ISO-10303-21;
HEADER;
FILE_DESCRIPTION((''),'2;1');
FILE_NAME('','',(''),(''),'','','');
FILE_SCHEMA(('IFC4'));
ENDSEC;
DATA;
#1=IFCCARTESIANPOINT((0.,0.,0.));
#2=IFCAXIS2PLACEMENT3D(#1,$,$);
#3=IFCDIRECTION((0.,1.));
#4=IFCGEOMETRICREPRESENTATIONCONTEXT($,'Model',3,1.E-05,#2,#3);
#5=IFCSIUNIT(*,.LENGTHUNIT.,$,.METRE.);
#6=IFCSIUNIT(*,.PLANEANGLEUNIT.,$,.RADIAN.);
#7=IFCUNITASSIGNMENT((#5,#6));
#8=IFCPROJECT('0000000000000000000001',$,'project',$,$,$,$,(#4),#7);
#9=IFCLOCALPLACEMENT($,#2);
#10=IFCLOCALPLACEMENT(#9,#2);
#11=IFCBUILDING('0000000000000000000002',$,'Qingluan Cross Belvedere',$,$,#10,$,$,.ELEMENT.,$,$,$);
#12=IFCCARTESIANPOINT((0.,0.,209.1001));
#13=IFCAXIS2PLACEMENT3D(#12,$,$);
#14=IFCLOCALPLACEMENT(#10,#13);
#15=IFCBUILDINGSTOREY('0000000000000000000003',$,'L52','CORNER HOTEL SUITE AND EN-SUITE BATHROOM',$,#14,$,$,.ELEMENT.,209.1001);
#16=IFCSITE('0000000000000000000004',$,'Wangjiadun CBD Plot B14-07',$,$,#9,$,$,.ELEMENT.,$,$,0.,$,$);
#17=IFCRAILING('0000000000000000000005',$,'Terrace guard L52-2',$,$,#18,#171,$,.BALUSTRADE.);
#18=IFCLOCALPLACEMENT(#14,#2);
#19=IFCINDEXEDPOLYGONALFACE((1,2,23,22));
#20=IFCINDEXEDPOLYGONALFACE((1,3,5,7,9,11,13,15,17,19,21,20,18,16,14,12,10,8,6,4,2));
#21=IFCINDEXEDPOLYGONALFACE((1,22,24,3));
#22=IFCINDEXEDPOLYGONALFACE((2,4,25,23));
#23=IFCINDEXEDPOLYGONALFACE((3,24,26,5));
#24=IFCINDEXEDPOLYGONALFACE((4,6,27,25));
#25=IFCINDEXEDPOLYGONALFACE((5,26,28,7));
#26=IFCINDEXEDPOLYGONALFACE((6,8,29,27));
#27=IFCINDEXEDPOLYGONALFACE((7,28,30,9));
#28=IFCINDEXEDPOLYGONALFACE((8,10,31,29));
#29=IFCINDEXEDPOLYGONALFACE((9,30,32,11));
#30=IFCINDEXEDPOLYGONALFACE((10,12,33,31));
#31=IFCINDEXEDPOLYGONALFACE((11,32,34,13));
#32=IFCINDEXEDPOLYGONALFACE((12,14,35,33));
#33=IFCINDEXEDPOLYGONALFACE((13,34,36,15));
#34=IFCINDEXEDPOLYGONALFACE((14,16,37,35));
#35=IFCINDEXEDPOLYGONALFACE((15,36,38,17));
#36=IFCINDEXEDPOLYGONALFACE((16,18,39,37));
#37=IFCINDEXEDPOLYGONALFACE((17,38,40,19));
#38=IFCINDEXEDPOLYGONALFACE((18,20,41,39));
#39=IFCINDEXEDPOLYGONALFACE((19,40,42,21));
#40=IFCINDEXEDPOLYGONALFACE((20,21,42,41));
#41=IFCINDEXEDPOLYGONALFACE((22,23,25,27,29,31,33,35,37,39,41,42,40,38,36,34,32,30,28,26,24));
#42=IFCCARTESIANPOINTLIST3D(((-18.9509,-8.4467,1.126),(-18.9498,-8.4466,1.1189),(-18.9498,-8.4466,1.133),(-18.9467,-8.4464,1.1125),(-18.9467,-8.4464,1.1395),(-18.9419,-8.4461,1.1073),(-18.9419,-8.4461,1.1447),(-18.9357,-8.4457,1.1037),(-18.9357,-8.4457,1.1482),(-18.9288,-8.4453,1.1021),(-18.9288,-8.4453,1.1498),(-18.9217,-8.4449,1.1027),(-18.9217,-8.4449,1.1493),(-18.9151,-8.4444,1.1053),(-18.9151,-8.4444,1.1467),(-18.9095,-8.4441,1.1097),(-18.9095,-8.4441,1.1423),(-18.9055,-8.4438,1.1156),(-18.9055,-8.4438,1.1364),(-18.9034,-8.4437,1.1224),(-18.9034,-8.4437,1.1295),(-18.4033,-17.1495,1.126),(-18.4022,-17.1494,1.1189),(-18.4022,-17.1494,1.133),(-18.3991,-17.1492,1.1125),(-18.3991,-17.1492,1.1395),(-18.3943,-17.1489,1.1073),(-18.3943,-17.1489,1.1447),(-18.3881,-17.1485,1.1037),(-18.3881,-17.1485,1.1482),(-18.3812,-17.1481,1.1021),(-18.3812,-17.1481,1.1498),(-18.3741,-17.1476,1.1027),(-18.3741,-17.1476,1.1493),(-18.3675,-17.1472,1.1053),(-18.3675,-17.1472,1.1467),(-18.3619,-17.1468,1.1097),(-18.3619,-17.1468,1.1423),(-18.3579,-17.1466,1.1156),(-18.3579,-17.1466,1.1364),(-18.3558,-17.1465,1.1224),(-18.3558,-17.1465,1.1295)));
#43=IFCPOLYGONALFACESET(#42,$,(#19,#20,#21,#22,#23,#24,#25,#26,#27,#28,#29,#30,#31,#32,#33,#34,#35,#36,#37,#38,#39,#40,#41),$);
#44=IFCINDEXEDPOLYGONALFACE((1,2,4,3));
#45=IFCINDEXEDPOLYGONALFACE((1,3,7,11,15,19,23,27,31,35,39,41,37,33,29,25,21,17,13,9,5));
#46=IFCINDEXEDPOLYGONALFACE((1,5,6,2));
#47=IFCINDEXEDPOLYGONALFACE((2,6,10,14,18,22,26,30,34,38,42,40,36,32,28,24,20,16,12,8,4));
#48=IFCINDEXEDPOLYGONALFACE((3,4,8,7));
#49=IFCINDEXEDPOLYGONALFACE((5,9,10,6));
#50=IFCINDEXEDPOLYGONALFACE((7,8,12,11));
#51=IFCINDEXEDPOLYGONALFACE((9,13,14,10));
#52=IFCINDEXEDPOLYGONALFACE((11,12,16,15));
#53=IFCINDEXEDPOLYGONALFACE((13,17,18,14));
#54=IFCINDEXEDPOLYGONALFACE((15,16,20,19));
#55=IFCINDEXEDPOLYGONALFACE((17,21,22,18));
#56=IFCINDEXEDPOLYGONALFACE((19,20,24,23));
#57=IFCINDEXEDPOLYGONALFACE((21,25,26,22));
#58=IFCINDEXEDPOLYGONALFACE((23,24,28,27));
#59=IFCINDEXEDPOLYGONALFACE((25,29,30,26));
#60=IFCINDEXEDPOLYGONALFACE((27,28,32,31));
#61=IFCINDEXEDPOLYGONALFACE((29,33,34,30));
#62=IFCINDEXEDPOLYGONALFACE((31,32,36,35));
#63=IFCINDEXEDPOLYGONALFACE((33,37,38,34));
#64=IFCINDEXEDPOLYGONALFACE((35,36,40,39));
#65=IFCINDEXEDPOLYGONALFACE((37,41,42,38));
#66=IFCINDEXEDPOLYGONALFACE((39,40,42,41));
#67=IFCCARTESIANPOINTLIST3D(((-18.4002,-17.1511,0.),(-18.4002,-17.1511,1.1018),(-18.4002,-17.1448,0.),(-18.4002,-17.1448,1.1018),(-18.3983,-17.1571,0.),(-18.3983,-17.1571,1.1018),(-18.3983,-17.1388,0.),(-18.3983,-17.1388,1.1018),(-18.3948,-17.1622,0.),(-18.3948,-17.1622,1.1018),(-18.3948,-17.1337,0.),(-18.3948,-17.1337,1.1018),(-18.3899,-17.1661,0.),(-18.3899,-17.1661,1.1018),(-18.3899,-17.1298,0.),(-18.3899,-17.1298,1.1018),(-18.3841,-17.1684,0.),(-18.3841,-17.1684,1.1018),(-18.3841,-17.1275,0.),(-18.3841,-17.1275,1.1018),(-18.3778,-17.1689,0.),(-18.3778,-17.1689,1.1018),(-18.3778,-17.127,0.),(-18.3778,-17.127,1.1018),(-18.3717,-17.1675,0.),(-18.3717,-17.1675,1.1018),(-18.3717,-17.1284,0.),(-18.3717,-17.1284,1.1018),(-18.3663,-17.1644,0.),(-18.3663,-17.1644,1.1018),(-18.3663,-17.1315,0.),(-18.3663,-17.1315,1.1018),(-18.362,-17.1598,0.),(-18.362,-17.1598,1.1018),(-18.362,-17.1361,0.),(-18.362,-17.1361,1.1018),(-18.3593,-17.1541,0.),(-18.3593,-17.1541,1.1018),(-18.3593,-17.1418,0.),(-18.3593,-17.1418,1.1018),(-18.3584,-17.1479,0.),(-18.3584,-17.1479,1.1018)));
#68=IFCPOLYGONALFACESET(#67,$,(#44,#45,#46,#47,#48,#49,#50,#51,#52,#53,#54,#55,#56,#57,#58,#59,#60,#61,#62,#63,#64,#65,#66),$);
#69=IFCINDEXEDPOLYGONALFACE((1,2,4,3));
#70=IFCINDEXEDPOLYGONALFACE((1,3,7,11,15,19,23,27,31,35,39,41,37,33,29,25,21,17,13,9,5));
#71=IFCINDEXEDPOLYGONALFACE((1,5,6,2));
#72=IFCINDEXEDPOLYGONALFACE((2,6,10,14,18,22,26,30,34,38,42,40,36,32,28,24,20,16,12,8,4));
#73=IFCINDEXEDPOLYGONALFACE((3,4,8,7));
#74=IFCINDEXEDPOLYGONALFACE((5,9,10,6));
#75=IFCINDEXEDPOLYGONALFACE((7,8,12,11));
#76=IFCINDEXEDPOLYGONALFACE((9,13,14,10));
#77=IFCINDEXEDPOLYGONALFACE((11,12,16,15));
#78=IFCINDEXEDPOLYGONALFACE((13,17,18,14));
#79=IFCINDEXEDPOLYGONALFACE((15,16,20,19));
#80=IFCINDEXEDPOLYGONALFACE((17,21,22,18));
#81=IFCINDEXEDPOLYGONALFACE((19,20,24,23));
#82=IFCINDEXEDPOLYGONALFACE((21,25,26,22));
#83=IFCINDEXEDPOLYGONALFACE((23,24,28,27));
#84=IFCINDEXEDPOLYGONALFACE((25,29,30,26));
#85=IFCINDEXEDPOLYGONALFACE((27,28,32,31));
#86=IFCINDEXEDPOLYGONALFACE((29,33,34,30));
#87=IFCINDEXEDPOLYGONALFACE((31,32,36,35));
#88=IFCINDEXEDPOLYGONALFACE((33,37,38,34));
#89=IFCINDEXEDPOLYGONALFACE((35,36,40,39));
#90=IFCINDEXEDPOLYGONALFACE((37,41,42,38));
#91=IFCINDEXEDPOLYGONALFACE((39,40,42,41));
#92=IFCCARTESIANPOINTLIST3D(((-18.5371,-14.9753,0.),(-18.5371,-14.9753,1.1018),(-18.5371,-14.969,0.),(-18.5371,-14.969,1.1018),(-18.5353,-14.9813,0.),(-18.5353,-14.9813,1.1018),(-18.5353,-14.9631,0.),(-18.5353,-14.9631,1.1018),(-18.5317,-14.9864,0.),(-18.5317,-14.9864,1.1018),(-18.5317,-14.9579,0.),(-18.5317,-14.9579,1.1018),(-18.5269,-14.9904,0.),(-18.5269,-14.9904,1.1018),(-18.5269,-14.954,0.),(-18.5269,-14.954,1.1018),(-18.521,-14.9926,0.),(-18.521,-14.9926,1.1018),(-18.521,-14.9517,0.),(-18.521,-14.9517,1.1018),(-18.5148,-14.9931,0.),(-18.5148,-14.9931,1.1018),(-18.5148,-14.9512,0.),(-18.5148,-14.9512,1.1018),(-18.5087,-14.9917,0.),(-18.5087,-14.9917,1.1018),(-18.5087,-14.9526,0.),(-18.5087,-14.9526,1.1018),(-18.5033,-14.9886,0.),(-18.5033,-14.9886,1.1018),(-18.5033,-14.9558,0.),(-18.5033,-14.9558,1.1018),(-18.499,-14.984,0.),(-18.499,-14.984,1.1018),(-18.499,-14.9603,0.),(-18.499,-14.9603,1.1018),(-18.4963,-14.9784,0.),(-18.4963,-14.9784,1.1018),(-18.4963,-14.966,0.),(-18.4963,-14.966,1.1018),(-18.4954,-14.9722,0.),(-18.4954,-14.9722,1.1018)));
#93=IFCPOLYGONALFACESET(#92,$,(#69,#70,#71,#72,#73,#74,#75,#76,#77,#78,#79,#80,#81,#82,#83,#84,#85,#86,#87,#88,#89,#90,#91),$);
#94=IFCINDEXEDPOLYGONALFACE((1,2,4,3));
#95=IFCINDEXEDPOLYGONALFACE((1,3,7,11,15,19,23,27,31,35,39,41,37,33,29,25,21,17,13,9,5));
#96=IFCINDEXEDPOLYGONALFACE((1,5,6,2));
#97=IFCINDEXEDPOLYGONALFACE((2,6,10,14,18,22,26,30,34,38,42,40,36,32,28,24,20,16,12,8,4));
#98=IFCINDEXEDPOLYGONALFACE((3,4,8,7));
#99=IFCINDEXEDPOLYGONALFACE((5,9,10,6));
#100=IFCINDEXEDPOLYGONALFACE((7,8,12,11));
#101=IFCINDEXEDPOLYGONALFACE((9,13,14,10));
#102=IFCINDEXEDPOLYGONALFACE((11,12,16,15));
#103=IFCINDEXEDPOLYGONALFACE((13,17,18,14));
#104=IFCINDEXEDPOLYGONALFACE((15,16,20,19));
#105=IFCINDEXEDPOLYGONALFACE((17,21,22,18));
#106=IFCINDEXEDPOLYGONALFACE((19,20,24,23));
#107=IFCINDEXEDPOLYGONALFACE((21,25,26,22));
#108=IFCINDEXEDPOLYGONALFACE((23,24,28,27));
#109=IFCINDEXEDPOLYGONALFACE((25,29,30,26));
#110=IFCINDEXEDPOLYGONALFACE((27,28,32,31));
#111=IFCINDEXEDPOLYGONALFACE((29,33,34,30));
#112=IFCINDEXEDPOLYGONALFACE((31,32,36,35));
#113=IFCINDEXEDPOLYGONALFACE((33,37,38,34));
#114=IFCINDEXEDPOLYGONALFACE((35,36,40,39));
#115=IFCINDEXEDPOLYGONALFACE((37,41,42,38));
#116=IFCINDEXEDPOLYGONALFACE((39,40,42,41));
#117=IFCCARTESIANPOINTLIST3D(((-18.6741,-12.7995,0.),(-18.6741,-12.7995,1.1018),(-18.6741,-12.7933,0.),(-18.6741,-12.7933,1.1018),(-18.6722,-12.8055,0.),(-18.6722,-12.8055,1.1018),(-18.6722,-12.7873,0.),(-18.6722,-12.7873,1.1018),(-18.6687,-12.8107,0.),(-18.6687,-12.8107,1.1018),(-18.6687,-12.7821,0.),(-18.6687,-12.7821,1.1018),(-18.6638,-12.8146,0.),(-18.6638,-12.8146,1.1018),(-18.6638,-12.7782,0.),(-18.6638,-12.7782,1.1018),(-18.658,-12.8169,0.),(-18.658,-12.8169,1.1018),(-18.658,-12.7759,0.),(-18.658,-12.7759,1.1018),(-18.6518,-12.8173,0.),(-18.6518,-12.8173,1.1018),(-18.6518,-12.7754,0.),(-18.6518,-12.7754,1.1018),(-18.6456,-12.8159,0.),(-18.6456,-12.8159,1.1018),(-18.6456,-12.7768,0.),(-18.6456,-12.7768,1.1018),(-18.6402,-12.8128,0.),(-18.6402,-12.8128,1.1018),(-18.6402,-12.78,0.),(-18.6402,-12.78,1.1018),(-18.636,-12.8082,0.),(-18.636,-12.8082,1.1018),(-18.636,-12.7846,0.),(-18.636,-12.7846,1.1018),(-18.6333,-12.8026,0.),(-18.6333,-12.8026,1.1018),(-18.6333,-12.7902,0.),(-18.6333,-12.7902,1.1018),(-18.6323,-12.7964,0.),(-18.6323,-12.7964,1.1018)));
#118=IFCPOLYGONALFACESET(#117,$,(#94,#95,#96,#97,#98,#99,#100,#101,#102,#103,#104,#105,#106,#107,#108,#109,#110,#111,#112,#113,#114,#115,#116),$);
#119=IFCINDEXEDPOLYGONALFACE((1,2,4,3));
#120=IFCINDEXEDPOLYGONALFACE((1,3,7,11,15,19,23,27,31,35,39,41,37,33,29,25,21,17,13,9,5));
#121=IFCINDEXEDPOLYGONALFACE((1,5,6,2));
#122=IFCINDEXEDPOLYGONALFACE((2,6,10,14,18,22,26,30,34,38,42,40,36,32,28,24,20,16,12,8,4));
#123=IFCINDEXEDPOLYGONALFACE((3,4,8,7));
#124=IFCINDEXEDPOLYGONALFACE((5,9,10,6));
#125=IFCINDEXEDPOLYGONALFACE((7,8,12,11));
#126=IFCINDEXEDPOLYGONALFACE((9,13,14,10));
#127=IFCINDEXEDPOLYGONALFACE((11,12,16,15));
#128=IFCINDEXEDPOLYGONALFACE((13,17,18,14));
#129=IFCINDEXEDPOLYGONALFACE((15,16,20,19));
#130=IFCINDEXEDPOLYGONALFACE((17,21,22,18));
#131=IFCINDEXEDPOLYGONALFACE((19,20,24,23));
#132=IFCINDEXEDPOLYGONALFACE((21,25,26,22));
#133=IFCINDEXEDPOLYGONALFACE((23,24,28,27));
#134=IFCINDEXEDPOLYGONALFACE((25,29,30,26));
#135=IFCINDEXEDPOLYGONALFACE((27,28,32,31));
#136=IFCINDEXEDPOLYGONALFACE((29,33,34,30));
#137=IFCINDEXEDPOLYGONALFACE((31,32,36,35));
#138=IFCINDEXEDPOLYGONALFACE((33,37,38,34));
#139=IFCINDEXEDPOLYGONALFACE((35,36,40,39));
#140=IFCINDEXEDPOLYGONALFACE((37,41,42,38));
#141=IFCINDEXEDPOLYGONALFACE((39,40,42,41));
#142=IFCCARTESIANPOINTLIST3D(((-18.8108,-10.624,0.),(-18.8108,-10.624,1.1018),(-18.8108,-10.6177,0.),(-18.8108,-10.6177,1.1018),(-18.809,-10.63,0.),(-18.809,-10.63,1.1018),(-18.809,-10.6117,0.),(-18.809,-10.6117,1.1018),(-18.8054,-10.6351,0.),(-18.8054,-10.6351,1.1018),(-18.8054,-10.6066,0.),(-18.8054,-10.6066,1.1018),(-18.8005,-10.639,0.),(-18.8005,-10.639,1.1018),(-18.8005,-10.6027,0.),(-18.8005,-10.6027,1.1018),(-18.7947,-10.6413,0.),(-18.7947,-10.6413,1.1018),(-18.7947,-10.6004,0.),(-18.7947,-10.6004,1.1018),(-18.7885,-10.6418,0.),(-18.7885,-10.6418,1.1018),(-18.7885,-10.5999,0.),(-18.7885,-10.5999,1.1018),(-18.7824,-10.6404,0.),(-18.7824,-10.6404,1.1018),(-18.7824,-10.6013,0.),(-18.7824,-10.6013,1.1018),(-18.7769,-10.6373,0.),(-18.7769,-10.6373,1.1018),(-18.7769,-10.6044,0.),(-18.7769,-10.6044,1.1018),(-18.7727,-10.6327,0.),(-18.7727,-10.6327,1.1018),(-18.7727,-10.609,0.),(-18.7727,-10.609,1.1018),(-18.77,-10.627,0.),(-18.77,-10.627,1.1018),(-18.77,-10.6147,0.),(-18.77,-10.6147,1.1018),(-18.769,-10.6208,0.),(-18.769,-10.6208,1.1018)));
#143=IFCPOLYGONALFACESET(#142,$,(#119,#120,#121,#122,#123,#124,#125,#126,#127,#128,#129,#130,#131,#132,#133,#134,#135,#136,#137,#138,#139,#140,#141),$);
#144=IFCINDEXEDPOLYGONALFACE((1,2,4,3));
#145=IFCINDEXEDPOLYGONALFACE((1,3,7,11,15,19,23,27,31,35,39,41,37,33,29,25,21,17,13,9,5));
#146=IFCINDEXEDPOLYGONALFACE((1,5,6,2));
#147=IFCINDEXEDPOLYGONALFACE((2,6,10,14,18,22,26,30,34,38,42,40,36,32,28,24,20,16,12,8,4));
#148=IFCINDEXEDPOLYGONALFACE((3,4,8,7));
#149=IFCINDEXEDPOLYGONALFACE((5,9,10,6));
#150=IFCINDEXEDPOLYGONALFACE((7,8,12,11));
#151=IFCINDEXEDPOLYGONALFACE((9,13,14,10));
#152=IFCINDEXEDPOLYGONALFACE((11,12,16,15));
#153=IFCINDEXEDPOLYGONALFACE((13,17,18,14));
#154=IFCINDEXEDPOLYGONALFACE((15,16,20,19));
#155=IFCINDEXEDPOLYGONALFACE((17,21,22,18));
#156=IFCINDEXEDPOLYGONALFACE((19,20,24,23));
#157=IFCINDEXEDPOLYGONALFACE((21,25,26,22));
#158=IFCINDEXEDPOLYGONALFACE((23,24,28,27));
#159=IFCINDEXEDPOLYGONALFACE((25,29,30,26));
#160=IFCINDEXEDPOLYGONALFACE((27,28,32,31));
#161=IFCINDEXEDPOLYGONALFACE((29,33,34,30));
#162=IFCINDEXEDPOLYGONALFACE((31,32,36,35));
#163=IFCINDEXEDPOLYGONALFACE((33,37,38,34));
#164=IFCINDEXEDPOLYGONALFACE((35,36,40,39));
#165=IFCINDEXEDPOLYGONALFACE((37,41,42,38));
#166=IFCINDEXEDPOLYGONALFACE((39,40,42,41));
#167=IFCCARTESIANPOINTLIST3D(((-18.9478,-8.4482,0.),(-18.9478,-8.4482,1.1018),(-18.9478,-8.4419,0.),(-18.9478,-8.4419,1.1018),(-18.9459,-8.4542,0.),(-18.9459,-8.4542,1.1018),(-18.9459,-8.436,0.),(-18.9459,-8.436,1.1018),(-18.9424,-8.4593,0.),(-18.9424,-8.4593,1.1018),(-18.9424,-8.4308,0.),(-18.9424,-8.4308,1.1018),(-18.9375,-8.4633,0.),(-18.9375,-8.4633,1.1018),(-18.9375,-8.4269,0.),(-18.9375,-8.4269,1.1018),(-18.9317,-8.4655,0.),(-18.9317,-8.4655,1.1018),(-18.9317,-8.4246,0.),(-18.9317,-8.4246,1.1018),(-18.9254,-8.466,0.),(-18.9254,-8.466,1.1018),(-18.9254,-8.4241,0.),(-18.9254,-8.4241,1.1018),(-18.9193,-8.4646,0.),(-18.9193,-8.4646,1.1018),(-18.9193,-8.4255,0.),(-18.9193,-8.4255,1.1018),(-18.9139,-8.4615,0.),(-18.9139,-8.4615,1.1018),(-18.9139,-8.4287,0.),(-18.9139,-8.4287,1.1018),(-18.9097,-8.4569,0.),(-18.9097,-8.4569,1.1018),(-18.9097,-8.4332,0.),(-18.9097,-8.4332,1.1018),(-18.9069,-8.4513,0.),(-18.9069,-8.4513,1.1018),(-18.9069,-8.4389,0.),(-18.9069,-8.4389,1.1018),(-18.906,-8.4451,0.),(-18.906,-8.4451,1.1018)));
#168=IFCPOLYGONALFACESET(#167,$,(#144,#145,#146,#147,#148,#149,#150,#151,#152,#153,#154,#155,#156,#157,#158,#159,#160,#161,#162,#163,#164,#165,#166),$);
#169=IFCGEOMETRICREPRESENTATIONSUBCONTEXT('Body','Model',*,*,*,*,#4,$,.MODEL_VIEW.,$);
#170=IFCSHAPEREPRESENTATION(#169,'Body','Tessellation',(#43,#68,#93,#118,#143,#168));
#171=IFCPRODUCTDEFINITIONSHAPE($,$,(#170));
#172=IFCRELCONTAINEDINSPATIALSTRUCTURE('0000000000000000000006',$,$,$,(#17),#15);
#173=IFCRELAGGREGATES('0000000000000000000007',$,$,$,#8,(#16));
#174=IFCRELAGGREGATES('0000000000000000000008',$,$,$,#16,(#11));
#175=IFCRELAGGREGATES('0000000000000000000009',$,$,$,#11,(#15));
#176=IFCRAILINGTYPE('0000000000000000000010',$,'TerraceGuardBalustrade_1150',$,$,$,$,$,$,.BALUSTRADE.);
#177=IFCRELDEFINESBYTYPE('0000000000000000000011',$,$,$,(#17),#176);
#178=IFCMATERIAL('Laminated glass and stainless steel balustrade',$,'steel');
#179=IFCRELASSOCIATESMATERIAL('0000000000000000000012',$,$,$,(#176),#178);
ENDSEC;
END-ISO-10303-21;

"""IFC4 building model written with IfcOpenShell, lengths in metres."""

from ifc_helpers import new_model, si_unit, direction, frame, origin, origin_2d, place, context, subcontext, project, spatial, circle, extrude, material, type_object, element, save


model = new_model("IFC4")

# Units and contexts
model_context = context("Model", 3, precision=1e-05, world=origin(), true_north=direction((0.0, 1.0)))
body_context = subcontext(model_context, "Body", "Model", "MODEL_VIEW")
ifc_project = project(units=[si_unit("LENGTHUNIT", "METRE"), si_unit("PLANEANGLEUNIT", "RADIAN")], contexts=[model_context])

# Site, building, storey
site_placement = place(None, origin())
site = spatial("IfcSite", under=ifc_project, at=site_placement, Name="Wangjiadun CBD Plot B14-07", CompositionType="ELEMENT", RefElevation=0.0)
building_placement = place(site_placement, origin())
building = spatial("IfcBuilding", under=site, at=building_placement, Name="Qingluan Cross Belvedere", CompositionType="ELEMENT")
storey_placement = place(building_placement, frame((0.0, 0.0, 209.1001)))
storey = spatial("IfcBuildingStorey", under=building, at=storey_placement, Name="L52", Description="CORNER HOTEL SUITE AND EN-SUITE BATHROOM", CompositionType="ELEMENT", Elevation=209.1001)

# Railing
ifc_material_1 = material(Name="Laminated glass and stainless steel balustrade", Category="steel")
railing_type = type_object("IfcRailingType", Name="TerraceGuardBalustrade_1150", PredefinedType="BALUSTRADE", material=ifc_material_1)
railing_1_placement = place(storey_placement, frame((-18.3794, -17.1479, 0.0)))
element("IfcRailing", 1, at=railing_1_placement, inside=storey, type_object=railing_type, Name="Terrace guard L52-2", PredefinedType="BALUSTRADE", context=body_context, shape_type="SweptSolid", body=[
    extrude(circle(Radius=0.0239, at=origin_2d()), frame((0.0, 0.0, 1.126), z_axis=(-0.062798, 0.998026, 0.0), x_axis=(-0.998026, -0.062798, 0.0)), (0.0, 0.0, 1.0), 8.72),
    extrude(circle(Radius=0.021, at=origin_2d()), origin(), (0.0, 0.0, 1.0), 1.1018),
    extrude(circle(Radius=0.021, at=origin_2d()), frame((-0.137, 2.1758, 0.0)), (0.0, 0.0, 1.0), 1.1018),
    extrude(circle(Radius=0.021, at=origin_2d()), frame((-0.2739, 4.3516, 0.0)), (0.0, 0.0, 1.0), 1.1018),
    extrude(circle(Radius=0.021, at=origin_2d()), frame((-0.4106, 6.5271, 0.0)), (0.0, 0.0, 1.0), 1.1018),
    extrude(circle(Radius=0.021, at=origin_2d()), frame((-0.5476, 8.7029, 0.0)), (0.0, 0.0, 1.0), 1.1018),
])

save(model, "model.ifc")
